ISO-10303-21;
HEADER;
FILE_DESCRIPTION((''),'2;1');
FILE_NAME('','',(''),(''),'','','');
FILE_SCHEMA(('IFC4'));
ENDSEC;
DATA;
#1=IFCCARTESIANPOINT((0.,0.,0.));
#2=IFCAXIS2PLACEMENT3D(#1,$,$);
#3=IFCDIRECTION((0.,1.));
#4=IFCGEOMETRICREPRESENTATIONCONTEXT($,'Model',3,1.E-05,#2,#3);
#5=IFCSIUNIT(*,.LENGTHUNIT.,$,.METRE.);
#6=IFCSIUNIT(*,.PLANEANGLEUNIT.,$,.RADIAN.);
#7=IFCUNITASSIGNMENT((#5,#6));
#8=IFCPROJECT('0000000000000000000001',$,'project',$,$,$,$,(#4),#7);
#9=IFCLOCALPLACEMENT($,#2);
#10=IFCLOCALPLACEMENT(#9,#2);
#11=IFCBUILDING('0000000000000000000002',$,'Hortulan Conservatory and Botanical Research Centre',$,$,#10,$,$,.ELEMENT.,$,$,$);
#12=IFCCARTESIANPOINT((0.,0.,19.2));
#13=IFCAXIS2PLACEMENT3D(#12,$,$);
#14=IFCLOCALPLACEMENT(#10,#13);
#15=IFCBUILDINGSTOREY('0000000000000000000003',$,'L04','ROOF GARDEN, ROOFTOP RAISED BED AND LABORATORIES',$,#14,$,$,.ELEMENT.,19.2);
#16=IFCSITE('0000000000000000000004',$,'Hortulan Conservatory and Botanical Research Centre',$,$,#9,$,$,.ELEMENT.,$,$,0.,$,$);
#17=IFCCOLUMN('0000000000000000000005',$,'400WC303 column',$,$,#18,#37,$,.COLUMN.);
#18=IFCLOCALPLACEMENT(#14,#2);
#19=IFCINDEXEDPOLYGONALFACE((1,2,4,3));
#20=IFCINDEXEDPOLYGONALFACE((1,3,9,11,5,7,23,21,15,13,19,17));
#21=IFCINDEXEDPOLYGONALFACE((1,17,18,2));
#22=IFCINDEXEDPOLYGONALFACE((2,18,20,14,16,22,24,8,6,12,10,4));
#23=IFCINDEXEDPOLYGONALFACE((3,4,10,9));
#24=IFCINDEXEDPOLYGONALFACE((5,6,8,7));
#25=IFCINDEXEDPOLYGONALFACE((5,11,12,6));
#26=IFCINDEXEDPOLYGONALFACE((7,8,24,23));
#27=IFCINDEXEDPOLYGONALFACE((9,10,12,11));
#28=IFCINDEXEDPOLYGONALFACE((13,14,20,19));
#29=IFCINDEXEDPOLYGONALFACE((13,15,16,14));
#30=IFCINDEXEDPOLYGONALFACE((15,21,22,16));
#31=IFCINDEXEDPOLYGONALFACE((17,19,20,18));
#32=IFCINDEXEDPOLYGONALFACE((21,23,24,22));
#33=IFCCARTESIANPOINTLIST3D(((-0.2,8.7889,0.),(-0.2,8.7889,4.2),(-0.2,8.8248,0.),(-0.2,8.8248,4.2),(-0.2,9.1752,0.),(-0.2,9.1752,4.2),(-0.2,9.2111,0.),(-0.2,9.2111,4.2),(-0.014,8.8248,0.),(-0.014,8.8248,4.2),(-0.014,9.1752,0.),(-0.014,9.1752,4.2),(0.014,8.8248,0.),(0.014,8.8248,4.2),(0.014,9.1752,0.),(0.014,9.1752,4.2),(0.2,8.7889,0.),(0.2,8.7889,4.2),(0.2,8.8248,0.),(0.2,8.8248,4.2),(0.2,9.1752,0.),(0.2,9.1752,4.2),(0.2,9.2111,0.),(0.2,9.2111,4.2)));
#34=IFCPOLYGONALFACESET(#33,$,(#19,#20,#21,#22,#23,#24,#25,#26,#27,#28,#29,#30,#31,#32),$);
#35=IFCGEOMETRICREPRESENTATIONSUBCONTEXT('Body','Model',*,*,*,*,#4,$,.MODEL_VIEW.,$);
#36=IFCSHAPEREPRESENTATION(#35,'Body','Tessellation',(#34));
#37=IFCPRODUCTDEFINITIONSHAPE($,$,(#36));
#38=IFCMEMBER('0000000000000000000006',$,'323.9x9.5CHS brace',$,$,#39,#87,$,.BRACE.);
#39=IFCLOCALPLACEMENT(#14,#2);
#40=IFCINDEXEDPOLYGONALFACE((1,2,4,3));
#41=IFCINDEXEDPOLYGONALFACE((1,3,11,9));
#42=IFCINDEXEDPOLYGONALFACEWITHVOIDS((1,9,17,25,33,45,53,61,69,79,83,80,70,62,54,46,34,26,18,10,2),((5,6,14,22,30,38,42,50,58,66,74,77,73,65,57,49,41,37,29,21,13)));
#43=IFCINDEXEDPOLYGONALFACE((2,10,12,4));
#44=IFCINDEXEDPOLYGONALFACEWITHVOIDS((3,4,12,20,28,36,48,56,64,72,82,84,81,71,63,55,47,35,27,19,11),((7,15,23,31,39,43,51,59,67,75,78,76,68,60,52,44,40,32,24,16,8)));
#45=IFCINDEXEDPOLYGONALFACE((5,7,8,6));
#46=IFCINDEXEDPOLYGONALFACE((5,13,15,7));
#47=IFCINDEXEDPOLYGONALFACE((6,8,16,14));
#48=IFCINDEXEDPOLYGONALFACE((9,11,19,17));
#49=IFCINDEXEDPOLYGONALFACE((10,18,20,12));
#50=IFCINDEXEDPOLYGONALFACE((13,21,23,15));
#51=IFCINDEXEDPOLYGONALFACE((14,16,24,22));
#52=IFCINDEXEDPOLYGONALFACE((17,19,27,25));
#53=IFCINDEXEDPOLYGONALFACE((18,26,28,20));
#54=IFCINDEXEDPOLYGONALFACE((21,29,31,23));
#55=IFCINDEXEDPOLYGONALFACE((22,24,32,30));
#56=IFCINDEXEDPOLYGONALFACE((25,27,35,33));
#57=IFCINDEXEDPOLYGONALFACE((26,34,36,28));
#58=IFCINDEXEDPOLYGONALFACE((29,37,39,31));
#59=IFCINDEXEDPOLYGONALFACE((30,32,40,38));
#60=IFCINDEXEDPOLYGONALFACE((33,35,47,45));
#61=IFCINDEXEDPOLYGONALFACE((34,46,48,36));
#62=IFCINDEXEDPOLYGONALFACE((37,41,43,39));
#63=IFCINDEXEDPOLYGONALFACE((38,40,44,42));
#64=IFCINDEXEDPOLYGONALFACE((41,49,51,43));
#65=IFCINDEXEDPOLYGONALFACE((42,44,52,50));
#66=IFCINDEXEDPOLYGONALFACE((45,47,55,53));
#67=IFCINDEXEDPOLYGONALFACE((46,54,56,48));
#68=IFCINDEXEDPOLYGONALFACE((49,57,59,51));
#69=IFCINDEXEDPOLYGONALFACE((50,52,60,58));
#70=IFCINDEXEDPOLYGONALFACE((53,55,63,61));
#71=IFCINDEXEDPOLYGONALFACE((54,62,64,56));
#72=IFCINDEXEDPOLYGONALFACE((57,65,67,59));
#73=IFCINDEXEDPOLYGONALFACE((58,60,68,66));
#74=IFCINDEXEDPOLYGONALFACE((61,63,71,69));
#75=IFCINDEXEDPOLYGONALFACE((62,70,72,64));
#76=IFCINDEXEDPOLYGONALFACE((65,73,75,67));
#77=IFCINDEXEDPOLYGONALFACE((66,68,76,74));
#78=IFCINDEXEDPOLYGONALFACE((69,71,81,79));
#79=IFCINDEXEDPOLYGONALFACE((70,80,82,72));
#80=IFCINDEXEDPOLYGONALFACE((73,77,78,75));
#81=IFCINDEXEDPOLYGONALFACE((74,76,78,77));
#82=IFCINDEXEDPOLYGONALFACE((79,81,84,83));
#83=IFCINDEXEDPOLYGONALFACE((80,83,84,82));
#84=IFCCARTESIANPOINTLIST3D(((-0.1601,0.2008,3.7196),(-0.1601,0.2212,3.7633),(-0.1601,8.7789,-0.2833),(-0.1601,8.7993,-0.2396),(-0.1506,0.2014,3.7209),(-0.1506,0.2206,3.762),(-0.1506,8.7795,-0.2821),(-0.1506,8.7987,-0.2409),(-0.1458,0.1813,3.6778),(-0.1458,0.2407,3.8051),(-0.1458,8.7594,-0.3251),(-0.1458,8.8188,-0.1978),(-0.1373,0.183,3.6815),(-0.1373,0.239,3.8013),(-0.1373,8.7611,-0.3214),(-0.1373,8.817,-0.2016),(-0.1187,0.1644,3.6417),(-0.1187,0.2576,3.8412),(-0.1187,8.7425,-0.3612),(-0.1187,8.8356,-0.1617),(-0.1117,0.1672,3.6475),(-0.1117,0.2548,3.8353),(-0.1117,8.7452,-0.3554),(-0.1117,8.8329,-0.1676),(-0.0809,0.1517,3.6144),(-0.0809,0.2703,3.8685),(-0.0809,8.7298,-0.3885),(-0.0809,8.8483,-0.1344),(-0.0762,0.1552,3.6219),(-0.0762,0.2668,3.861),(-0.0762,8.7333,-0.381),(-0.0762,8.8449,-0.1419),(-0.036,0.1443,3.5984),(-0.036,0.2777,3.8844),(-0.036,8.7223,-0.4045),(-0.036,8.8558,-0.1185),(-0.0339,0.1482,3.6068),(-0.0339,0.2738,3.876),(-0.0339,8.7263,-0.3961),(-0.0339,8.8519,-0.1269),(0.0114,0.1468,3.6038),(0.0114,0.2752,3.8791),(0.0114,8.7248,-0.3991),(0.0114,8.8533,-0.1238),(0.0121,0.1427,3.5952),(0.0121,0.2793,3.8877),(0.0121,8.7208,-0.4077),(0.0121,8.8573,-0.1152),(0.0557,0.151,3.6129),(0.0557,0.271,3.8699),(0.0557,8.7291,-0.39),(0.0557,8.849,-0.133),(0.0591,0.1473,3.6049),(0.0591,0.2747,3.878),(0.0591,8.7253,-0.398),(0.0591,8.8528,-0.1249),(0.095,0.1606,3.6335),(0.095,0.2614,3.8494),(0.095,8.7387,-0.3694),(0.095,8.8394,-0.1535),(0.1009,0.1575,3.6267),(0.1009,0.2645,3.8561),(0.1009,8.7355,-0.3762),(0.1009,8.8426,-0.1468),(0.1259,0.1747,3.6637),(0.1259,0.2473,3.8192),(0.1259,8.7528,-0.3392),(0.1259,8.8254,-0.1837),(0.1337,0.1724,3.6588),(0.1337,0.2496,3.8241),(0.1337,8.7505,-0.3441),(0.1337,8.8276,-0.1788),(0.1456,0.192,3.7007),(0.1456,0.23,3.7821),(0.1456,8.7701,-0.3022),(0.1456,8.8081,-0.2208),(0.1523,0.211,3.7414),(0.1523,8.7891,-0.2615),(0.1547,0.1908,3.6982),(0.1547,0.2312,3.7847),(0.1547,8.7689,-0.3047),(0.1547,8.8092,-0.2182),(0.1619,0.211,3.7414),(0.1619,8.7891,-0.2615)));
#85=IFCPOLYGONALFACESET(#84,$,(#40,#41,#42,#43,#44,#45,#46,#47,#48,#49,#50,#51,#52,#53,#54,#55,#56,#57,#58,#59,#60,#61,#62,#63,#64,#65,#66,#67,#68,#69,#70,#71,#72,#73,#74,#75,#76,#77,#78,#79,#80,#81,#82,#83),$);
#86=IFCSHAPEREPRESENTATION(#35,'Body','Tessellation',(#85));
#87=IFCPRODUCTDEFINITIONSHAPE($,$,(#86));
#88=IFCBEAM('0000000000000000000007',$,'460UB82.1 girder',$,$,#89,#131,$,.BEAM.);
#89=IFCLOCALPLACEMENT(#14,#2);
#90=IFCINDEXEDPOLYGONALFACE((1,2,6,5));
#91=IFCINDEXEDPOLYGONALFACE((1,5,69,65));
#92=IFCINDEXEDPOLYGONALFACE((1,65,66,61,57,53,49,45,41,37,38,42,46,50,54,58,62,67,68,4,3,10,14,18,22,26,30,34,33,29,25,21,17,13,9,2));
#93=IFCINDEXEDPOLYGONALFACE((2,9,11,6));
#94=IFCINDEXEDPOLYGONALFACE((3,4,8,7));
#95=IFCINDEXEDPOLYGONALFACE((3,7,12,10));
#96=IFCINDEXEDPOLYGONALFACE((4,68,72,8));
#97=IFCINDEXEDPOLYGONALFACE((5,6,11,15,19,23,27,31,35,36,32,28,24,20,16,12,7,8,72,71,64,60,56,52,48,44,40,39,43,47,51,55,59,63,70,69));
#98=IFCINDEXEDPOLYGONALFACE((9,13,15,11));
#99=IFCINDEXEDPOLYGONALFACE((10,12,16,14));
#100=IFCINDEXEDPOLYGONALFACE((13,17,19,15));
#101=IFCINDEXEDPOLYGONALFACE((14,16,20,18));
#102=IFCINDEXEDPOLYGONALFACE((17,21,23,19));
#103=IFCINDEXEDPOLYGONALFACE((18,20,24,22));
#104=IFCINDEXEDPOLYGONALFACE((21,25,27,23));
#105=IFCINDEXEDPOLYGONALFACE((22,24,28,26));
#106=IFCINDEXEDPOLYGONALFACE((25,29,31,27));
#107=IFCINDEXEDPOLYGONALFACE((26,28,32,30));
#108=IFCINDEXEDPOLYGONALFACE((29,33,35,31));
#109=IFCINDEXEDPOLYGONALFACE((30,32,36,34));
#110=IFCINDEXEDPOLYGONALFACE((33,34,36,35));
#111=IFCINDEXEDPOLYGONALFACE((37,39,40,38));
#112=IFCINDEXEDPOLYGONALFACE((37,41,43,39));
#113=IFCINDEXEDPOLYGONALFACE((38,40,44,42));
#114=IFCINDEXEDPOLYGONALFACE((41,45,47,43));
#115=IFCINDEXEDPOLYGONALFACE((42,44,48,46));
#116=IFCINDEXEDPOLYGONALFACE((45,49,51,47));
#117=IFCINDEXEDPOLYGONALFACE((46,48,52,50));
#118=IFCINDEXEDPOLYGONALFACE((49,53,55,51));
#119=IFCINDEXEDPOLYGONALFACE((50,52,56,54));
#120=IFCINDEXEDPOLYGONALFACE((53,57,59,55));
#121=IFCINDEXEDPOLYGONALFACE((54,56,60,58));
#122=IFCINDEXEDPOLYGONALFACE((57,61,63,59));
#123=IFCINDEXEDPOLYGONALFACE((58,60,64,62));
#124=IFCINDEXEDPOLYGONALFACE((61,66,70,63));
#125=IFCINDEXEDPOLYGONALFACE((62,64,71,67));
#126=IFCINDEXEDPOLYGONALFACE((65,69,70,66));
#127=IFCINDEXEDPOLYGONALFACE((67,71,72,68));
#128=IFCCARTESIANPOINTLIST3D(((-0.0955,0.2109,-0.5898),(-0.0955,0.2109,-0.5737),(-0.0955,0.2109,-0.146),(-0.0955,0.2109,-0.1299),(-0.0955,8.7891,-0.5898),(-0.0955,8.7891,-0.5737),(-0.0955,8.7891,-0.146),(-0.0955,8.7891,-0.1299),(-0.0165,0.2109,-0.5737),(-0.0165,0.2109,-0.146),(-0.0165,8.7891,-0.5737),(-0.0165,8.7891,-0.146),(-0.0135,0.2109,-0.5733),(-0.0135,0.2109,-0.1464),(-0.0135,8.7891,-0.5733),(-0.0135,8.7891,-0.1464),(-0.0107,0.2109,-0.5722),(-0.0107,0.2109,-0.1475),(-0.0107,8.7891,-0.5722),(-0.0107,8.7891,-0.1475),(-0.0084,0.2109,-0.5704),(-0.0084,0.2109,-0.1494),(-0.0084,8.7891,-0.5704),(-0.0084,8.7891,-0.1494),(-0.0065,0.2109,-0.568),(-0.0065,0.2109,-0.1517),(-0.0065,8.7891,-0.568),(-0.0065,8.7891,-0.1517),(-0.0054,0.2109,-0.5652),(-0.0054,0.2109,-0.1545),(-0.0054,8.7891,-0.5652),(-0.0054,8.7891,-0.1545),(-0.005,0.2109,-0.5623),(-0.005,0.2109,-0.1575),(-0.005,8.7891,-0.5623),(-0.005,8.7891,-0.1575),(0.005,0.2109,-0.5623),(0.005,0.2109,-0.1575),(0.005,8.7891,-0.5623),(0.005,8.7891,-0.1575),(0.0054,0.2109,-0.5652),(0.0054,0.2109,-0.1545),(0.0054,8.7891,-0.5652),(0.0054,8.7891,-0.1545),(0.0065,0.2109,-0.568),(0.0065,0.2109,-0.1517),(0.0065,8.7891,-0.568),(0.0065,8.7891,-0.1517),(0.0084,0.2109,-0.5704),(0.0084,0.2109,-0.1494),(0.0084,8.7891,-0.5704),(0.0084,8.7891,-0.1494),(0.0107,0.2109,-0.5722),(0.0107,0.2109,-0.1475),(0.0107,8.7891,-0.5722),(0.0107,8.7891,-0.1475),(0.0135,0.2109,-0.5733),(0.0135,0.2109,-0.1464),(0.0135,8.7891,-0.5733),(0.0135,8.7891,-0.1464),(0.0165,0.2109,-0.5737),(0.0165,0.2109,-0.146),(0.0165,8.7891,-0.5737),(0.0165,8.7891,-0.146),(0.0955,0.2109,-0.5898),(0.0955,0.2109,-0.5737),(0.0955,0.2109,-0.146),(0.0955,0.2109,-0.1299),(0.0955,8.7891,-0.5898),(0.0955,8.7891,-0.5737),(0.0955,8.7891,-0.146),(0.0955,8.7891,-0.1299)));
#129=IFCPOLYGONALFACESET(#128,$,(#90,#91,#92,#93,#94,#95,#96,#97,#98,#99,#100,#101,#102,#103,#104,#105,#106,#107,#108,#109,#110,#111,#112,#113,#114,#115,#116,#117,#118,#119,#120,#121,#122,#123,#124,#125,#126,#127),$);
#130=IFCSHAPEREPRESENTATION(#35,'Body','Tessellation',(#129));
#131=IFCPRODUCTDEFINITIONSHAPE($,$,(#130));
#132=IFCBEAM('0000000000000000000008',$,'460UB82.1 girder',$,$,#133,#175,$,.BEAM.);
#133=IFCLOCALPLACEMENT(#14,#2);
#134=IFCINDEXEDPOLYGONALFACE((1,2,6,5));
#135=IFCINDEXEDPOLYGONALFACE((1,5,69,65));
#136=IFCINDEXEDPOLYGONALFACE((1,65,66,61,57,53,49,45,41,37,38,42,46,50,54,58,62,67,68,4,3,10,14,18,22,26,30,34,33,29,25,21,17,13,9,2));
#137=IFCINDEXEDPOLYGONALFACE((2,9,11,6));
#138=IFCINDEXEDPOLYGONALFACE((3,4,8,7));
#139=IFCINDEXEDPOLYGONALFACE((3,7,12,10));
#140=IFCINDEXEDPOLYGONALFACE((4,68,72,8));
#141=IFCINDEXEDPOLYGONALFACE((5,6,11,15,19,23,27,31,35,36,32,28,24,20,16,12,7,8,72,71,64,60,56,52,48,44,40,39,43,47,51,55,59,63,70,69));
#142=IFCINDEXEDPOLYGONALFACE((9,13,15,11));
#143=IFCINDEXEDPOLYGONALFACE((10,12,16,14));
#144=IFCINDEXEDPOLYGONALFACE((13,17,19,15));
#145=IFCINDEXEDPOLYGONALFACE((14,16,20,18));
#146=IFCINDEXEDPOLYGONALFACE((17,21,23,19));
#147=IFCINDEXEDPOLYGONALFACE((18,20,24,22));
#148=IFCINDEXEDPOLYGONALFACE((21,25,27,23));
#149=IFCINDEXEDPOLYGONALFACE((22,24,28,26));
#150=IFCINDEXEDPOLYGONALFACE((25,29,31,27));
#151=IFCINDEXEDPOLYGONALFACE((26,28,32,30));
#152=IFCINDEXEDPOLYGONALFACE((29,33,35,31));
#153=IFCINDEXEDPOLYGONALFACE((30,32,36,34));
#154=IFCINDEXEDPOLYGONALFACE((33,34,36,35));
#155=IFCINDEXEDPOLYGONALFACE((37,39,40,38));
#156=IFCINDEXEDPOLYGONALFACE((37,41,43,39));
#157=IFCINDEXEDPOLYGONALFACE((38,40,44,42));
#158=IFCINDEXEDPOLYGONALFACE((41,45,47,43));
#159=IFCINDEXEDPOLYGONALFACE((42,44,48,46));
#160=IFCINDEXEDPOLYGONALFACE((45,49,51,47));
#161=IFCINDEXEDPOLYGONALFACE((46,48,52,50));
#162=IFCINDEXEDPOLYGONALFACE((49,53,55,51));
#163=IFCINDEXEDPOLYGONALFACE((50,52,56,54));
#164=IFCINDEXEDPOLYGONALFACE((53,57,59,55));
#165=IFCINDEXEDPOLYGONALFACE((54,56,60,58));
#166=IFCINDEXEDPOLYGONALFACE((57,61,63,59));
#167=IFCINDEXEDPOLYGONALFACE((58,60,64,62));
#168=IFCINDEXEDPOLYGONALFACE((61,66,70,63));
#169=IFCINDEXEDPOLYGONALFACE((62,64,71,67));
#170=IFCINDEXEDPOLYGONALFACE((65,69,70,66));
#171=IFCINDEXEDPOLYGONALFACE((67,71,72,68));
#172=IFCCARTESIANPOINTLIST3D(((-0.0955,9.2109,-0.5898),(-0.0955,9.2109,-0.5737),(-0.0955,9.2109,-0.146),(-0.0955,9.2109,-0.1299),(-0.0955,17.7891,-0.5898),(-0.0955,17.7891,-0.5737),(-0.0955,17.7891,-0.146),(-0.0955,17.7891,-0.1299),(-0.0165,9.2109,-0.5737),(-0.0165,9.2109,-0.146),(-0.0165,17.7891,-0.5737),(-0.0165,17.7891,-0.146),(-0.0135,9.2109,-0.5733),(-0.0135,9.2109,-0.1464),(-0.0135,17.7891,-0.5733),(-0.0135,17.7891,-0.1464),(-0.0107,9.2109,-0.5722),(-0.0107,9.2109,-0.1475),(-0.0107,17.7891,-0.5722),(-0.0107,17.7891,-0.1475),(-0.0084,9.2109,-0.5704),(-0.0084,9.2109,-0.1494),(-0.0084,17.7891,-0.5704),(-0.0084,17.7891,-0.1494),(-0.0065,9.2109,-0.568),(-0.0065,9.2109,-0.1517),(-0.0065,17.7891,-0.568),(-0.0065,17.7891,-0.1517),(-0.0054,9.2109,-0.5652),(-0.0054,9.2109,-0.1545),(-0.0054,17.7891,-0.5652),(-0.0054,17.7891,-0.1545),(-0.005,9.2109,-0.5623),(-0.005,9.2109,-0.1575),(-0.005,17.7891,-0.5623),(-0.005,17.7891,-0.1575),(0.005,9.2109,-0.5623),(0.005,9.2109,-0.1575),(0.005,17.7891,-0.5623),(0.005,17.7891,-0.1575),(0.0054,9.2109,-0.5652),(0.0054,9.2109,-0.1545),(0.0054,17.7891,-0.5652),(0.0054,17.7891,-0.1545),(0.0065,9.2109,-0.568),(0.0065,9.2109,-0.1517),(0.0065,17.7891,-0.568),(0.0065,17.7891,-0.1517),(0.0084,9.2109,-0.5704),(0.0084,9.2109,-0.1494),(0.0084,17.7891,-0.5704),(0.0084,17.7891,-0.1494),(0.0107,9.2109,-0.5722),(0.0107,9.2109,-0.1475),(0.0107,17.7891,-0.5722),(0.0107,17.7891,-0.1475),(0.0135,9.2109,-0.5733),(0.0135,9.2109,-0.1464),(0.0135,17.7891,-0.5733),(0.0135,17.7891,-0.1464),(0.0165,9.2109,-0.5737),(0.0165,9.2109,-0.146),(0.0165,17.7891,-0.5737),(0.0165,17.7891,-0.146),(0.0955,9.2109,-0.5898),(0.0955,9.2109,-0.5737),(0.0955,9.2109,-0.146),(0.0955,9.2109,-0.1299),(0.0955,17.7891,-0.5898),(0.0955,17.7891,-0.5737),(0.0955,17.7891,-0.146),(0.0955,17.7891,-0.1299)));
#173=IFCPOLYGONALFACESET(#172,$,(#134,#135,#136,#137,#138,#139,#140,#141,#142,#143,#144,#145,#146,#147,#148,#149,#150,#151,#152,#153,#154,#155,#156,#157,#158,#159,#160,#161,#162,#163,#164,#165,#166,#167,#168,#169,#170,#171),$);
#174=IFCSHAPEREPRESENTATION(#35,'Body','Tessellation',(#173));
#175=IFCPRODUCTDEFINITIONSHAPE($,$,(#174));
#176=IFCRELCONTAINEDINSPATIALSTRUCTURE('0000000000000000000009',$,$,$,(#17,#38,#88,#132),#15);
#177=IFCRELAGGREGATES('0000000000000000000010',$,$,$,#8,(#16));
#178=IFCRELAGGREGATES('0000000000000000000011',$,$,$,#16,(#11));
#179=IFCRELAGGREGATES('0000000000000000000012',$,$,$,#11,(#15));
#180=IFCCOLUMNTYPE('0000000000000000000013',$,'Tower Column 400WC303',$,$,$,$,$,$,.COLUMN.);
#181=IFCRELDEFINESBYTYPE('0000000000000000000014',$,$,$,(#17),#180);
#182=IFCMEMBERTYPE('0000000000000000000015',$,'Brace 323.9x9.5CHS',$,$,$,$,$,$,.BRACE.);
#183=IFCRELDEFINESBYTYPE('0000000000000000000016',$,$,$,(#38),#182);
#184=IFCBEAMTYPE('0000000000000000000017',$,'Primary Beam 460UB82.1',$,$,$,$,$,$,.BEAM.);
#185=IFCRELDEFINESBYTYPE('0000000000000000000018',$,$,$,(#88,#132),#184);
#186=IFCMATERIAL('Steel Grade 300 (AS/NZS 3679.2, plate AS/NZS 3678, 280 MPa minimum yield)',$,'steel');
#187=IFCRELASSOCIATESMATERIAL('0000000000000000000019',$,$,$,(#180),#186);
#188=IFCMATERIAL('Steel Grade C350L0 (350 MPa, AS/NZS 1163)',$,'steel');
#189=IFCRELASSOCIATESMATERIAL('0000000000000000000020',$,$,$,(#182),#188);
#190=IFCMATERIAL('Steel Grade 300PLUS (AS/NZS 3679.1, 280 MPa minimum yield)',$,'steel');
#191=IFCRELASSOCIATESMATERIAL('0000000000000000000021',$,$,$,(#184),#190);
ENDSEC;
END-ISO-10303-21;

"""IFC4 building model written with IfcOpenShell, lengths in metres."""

from ifc_helpers import new_model, si_unit, direction, frame, origin, origin_2d, place, context, subcontext, project, spatial, hollow_circle, i_section, extrude, material, material_profile, profile_set, type_object, element, save


model = new_model("IFC4")

# Units and contexts
model_context = context("Model", 3, precision=1e-05, world=origin(), true_north=direction((0.0, 1.0)))
body_context = subcontext(model_context, "Body", "Model", "MODEL_VIEW")
ifc_project = project(units=[si_unit("LENGTHUNIT", "METRE"), si_unit("PLANEANGLEUNIT", "RADIAN")], contexts=[model_context])

# Site, building, storey
site_placement = place(None, origin())
site = spatial("IfcSite", under=ifc_project, at=site_placement, Name="Hortulan Conservatory and Botanical Research Centre", CompositionType="ELEMENT", RefElevation=0.0)
building_placement = place(site_placement, origin())
building = spatial("IfcBuilding", under=site, at=building_placement, Name="Hortulan Conservatory and Botanical Research Centre", CompositionType="ELEMENT")
storey_placement = place(building_placement, frame((0.0, 0.0, 19.2)))
storey = spatial("IfcBuildingStorey", under=building, at=storey_placement, Name="L04", Description="ROOF GARDEN, ROOFTOP RAISED BED AND LABORATORIES", CompositionType="ELEMENT", Elevation=19.2)

# Column
ifc_material_1 = material(Name="Steel Grade 300 (AS/NZS 3679.2, plate AS/NZS 3678, 280 MPa minimum yield)", Category="steel")
ifc_material_profile_1 = material_profile(ifc_material_1, i_section(OverallWidth=0.3999, OverallDepth=0.4221, WebThickness=0.0281, FlangeThickness=0.0359, at=origin_2d()), Name="400WC303")
ifc_profile_set_1 = profile_set([ifc_material_profile_1], Name="Steel Grade 300 (AS/NZS 3679.2, plate AS/NZS 3678, 280 MPa minimum yield)")
column_type = type_object("IfcColumnType", Name="Tower Column 400WC303", PredefinedType="COLUMN", material=ifc_profile_set_1)
column_placement = place(storey_placement, frame((0.0, 9.0, 0.0), z_axis=(0.0, 0.0, 1.0), x_axis=(1.0, 0.0, 0.0)))
element("IfcColumn", 1, at=column_placement, inside=storey, type_object=column_type, Name="400WC303 column", PredefinedType="COLUMN", context=body_context, shape_type="SweptSolid", body=[
    extrude(i_section(OverallWidth=0.3999, OverallDepth=0.4221, WebThickness=0.0281, FlangeThickness=0.0359, at=origin_2d()), origin(), (0.0, 0.0, 1.0), 4.2),
])

# Member
ifc_material_2 = material(Name="Steel Grade C350L0 (350 MPa, AS/NZS 1163)", Category="steel")
ifc_material_profile_2 = material_profile(ifc_material_2, hollow_circle(Radius=0.1619, WallThickness=0.0095, at=origin_2d()), Name="323.9x9.5CHS")
ifc_profile_set_2 = profile_set([ifc_material_profile_2], Name="Steel Grade C350L0 (350 MPa, AS/NZS 1163)")
member_type = type_object("IfcMemberType", Name="Brace 323.9x9.5CHS", PredefinedType="BRACE", material=ifc_profile_set_2)
member_placement = place(storey_placement, frame((0.0, 8.7891, -0.2615), z_axis=(0.0, -0.906191, 0.422869), x_axis=(1.0, 0.0, 0.0)))
element("IfcMember", 2, at=member_placement, inside=storey, type_object=member_type, Name="323.9x9.5CHS brace", PredefinedType="BRACE", context=body_context, shape_type="SweptSolid", body=[
    extrude(hollow_circle(Radius=0.1619, WallThickness=0.0095, at=origin_2d()), origin(), (0.0, 0.0, 1.0), 9.4661),
])

# Beams
ifc_material_3 = material(Name="Steel Grade 300PLUS (AS/NZS 3679.1, 280 MPa minimum yield)", Category="steel")
ifc_material_profile_3 = material_profile(ifc_material_3, i_section(OverallWidth=0.1909, OverallDepth=0.46, WebThickness=0.01, FlangeThickness=0.0161, FilletRadius=0.0115, at=origin_2d()), Name="460UB82.1")
ifc_profile_set_3 = profile_set([ifc_material_profile_3], Name="Steel Grade 300PLUS (AS/NZS 3679.1, 280 MPa minimum yield)")
beam_type_1 = type_object("IfcBeamType", Name="Primary Beam 460UB82.1", PredefinedType="BEAM", material=ifc_profile_set_3)
for number, where, z_axis, x_axis, name in (
    (3, (0.0, 0.2109, -0.3599), (0.0, 1.0, 0.0), (-1.0, 0.0, 0.0), "460UB82.1 girder"),
    (4, (0.0, 9.2109, -0.3599), (0.0, 1.0, 0.0), (-1.0, 0.0, 0.0), "460UB82.1 girder"),
):
    element("IfcBeam", number, at=place(storey_placement, frame(where, z_axis=z_axis, x_axis=x_axis)), inside=storey, type_object=beam_type_1, Name=name, PredefinedType="BEAM", context=body_context, shape_type="SweptSolid", body=[
        extrude(i_section(OverallWidth=0.1909, OverallDepth=0.46, WebThickness=0.01, FlangeThickness=0.0161, FilletRadius=0.0115, at=origin_2d()), origin(), (0.0, 0.0, 1.0), 8.5781),
    ])

save(model, "model.ifc")
